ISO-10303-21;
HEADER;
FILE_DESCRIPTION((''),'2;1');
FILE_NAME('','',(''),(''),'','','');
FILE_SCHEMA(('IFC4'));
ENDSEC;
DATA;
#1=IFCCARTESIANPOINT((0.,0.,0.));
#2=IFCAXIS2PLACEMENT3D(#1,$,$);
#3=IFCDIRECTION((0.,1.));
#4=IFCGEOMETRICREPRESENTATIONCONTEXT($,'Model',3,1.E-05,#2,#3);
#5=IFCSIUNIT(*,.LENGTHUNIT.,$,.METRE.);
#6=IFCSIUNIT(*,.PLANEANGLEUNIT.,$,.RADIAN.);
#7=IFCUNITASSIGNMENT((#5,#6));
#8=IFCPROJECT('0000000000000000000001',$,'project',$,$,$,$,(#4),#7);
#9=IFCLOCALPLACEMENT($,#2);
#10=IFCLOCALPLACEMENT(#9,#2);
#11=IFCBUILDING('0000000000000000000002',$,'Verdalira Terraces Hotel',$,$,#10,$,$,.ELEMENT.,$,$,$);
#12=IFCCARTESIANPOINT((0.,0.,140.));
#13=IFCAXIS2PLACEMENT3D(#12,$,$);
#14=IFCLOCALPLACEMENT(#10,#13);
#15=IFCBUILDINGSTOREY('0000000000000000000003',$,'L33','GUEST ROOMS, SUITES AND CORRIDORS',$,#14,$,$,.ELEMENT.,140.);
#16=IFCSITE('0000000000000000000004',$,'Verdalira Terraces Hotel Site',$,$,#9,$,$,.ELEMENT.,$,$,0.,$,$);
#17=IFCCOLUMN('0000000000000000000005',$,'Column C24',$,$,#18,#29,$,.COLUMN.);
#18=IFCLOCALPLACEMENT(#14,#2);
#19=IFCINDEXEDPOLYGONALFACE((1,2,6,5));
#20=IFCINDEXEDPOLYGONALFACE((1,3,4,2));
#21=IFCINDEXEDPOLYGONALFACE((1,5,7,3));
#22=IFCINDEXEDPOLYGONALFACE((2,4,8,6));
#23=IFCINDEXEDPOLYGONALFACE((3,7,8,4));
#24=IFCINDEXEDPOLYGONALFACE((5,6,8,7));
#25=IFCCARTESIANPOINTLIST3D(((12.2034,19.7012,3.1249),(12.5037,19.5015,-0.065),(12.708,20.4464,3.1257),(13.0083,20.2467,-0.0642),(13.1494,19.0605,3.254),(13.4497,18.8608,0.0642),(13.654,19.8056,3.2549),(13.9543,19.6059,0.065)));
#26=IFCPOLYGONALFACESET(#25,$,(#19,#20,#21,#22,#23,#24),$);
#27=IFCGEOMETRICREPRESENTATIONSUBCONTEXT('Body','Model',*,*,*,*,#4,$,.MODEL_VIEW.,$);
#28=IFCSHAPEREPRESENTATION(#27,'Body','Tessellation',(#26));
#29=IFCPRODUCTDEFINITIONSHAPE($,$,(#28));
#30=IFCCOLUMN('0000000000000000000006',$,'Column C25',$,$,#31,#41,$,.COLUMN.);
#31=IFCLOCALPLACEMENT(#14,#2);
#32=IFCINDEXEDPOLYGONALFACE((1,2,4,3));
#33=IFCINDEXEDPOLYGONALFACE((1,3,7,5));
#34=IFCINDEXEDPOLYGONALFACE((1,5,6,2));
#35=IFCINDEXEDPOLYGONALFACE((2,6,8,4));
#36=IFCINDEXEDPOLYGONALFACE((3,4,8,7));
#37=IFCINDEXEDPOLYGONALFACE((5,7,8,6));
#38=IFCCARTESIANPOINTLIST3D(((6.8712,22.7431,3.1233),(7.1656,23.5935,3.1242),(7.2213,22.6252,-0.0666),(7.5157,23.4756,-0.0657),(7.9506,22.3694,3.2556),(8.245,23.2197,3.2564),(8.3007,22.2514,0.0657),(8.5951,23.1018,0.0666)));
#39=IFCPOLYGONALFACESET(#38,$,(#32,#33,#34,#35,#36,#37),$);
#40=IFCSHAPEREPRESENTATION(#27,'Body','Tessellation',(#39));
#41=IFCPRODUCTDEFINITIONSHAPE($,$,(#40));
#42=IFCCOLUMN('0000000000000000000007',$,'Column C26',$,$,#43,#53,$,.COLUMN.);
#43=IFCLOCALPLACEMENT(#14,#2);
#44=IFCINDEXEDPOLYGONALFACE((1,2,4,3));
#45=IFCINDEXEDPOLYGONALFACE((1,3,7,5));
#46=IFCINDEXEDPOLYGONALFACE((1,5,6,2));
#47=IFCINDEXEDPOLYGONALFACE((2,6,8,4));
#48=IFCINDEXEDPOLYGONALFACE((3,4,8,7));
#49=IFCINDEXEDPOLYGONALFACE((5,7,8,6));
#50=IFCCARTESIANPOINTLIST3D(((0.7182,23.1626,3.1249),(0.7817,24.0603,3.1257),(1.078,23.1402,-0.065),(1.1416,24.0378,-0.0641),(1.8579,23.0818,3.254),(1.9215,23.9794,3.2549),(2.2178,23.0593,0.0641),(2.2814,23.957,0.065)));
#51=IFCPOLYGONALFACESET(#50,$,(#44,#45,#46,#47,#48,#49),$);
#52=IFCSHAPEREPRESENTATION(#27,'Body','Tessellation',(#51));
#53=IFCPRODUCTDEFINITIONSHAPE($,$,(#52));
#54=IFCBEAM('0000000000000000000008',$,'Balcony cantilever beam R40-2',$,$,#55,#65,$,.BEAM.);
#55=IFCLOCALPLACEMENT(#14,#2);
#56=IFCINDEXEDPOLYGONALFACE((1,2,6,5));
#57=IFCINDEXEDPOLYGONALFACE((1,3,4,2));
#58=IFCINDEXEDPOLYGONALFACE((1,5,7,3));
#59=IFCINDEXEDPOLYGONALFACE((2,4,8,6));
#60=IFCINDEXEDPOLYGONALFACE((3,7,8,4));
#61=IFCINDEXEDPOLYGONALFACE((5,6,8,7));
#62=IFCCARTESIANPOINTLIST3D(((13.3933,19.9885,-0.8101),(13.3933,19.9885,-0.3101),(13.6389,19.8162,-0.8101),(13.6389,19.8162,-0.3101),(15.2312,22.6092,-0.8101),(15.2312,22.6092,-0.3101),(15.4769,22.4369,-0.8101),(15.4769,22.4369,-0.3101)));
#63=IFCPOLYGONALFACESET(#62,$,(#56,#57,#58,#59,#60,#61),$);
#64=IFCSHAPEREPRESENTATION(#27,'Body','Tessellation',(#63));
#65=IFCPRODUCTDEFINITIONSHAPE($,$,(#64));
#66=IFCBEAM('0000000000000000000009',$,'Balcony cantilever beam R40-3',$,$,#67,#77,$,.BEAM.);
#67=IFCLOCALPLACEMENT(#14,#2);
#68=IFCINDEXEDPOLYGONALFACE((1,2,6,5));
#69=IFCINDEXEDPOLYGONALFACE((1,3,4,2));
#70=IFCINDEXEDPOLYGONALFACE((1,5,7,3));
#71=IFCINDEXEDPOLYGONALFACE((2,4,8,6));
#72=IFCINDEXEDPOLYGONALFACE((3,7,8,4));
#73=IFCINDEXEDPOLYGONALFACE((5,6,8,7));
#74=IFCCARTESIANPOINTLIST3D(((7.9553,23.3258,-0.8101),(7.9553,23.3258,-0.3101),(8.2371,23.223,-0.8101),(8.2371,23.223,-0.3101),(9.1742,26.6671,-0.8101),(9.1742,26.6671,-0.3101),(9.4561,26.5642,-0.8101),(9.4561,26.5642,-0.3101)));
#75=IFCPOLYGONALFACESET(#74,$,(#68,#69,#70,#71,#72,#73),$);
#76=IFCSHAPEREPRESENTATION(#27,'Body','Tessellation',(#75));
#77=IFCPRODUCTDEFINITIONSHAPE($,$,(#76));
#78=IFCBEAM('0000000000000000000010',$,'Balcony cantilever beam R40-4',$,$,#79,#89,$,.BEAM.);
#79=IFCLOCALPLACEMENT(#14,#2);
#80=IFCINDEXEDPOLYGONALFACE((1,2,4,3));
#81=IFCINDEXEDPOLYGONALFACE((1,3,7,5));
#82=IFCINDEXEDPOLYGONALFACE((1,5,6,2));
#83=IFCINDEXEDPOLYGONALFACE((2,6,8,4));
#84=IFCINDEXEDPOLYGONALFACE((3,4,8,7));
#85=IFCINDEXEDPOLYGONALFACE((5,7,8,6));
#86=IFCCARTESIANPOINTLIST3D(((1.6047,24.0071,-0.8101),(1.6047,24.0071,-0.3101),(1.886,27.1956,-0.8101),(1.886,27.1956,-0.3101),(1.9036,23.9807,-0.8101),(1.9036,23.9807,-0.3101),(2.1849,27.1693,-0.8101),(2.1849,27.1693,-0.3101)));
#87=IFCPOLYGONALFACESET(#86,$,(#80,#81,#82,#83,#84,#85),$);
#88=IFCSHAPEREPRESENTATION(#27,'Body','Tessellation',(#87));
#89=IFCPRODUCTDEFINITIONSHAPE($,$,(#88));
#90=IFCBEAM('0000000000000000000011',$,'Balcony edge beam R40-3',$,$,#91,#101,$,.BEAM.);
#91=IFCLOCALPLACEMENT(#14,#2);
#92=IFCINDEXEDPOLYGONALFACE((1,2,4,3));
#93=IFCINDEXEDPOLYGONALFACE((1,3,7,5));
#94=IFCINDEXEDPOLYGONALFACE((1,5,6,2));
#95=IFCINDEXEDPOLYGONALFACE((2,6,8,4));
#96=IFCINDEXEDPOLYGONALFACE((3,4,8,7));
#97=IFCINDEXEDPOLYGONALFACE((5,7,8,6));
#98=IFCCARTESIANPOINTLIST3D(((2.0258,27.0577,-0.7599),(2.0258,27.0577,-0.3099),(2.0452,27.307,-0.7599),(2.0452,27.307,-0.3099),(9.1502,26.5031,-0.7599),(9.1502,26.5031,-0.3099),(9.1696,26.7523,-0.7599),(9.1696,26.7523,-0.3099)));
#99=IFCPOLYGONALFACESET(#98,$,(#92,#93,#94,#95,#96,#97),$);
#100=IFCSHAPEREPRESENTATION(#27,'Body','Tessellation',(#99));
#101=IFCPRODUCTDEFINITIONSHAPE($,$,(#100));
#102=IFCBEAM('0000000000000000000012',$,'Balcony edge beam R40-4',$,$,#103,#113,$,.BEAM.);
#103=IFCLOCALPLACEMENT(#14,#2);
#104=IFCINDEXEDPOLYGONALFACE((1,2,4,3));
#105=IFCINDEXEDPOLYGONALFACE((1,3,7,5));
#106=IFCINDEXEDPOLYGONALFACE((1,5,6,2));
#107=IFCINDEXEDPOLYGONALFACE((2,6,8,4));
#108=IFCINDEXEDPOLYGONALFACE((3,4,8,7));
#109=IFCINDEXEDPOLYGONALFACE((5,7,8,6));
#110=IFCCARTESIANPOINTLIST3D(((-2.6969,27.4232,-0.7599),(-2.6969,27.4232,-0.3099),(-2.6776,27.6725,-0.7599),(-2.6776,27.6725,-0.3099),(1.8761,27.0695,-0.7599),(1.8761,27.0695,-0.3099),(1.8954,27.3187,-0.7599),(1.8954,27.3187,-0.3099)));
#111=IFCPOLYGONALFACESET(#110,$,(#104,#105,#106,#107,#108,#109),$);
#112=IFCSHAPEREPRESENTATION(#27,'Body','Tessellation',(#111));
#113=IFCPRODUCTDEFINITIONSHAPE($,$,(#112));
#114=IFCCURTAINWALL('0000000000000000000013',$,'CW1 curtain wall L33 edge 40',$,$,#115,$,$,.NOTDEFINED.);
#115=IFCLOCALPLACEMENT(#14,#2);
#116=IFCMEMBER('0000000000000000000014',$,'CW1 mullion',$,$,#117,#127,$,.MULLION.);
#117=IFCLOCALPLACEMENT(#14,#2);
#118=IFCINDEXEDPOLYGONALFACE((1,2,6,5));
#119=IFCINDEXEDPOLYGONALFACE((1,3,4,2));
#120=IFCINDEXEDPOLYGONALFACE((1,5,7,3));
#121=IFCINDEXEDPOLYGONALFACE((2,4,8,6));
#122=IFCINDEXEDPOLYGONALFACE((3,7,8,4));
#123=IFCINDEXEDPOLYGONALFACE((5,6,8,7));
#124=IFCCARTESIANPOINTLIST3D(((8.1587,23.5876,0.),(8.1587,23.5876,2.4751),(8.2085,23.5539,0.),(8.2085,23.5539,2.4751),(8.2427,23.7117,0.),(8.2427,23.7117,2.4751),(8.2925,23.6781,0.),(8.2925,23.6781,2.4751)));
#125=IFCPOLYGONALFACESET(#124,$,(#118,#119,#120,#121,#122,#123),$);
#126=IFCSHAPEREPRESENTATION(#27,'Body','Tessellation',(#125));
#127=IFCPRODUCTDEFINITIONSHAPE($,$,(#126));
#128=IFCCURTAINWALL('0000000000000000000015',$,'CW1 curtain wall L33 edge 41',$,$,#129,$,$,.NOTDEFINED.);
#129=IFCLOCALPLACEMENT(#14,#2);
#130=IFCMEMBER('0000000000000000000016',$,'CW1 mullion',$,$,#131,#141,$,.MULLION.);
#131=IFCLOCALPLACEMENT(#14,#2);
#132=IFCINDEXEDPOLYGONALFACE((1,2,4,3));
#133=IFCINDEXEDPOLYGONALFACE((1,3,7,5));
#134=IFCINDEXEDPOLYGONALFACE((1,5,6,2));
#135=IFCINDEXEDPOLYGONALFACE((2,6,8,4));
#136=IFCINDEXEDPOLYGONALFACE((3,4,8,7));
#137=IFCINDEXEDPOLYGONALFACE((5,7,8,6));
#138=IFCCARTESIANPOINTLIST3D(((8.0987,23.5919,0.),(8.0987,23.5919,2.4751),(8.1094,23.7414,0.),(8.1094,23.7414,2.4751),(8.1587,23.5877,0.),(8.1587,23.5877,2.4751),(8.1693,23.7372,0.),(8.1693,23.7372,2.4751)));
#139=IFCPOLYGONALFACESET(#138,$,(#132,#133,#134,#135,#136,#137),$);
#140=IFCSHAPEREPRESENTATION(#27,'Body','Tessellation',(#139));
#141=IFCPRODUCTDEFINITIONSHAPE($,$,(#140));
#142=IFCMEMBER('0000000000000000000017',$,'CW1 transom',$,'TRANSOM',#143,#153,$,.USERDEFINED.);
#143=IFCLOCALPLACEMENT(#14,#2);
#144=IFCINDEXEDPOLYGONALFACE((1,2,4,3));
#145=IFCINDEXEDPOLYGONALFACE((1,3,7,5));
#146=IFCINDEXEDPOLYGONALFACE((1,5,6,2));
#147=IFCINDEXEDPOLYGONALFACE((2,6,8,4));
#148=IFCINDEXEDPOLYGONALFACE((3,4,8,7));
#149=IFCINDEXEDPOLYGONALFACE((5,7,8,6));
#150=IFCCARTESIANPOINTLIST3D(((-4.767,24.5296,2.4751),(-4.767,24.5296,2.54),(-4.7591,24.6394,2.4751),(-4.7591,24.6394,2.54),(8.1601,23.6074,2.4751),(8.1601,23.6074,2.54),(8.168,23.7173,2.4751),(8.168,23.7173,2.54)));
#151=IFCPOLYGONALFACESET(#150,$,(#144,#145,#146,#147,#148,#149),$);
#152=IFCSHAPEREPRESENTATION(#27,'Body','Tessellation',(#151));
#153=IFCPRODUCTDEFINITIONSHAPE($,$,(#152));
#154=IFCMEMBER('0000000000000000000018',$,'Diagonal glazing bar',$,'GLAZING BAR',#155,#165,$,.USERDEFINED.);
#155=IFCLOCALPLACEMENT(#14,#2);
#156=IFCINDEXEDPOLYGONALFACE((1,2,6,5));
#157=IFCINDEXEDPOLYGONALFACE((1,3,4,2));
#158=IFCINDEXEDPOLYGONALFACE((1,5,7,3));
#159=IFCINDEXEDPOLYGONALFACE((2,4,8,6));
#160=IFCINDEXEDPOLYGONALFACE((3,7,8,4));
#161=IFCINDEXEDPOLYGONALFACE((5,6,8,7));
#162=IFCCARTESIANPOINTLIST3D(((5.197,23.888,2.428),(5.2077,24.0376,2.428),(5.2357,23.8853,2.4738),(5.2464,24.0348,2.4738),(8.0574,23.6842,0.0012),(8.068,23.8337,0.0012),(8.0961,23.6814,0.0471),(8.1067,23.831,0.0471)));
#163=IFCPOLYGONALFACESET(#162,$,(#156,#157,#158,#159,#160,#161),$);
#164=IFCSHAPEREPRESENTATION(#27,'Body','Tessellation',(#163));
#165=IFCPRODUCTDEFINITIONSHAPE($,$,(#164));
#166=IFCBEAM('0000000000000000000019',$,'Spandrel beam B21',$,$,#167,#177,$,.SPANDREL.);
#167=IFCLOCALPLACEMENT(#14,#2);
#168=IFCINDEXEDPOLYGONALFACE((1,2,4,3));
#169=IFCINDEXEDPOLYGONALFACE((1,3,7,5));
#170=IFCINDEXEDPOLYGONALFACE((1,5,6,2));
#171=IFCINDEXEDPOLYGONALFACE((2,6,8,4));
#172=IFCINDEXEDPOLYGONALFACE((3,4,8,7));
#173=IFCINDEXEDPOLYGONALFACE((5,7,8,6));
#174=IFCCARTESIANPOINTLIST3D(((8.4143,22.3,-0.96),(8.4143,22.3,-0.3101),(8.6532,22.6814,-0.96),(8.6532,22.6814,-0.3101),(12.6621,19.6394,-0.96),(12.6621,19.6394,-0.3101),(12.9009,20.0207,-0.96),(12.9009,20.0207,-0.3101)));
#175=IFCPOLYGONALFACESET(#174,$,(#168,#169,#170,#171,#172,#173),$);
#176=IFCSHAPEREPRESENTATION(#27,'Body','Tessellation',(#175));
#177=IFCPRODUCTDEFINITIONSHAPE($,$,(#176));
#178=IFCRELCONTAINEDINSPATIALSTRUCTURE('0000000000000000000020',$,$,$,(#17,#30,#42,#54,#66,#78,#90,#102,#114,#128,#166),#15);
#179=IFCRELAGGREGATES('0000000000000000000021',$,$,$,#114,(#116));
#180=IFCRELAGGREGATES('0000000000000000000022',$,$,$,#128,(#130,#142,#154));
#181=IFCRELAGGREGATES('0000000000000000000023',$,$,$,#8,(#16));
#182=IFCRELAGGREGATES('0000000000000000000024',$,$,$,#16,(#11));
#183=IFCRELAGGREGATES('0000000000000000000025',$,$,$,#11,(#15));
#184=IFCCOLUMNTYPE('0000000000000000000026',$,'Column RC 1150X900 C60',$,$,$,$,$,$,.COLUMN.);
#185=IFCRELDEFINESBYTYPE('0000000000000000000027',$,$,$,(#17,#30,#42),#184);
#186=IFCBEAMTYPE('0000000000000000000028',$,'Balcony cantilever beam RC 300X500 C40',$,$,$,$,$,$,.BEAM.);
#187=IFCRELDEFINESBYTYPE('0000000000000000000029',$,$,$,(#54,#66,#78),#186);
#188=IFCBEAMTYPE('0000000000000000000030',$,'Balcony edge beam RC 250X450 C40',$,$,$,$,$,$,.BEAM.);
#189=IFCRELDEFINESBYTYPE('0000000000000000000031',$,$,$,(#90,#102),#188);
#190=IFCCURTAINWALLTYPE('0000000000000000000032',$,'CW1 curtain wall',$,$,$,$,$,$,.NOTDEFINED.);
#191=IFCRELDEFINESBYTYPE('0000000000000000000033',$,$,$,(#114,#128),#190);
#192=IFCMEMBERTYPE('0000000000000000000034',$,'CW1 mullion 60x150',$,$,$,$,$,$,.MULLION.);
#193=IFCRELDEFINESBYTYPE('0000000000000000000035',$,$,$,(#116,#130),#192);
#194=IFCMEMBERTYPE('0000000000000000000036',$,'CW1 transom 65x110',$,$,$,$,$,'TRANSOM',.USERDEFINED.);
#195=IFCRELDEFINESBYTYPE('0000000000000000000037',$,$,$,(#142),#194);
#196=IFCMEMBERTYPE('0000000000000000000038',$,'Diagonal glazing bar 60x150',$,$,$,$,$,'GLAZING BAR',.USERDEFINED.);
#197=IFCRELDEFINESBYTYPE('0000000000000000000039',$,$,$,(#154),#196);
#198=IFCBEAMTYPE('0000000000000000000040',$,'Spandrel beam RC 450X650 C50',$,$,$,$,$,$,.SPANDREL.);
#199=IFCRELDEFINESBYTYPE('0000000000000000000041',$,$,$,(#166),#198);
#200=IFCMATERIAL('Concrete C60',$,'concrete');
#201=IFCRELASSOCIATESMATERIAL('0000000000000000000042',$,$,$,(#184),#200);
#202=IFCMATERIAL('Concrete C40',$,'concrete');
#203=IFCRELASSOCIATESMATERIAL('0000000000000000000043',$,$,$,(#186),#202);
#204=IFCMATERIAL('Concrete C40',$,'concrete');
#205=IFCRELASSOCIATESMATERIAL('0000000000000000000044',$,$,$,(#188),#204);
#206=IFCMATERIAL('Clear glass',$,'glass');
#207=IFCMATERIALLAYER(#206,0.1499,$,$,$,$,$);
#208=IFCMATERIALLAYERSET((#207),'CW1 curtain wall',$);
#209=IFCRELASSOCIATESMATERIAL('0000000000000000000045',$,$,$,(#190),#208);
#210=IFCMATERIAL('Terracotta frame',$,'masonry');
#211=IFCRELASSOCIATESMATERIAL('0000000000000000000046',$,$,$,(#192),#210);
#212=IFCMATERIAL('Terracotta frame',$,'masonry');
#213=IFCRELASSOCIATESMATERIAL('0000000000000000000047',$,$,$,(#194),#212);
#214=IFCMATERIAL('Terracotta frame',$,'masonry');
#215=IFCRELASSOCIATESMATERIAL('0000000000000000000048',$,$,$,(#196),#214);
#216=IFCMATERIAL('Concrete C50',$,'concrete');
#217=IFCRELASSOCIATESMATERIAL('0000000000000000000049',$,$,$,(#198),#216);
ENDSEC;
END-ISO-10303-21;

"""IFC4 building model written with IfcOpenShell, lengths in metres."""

from ifc_helpers import new_model, si_unit, direction, frame, origin, origin_2d, place, context, subcontext, project, spatial, rectangle, extrude, material, layer, layer_set, material_profile, profile_set, type_object, element, aggregate, save


model = new_model("IFC4")

# Units and contexts
model_context = context("Model", 3, precision=1e-05, world=origin(), true_north=direction((0.0, 1.0)))
body_context = subcontext(model_context, "Body", "Model", "MODEL_VIEW")
ifc_project = project(units=[si_unit("LENGTHUNIT", "METRE"), si_unit("PLANEANGLEUNIT", "RADIAN")], contexts=[model_context])

# Site, building, storey
site_placement = place(None, origin())
site = spatial("IfcSite", under=ifc_project, at=site_placement, Name="Verdalira Terraces Hotel Site", CompositionType="ELEMENT", RefElevation=0.0)
building_placement = place(site_placement, origin())
building = spatial("IfcBuilding", under=site, at=building_placement, Name="Verdalira Terraces Hotel", CompositionType="ELEMENT")
storey_placement = place(building_placement, frame((0.0, 0.0, 140.0)))
storey = spatial("IfcBuildingStorey", under=building, at=storey_placement, Name="L33", Description="GUEST ROOMS, SUITES AND CORRIDORS", CompositionType="ELEMENT", Elevation=140.0)

# Columns
ifc_material_1 = material(Name="Concrete C60", Category="concrete")
ifc_material_profile_1 = material_profile(ifc_material_1, rectangle(XDim=1.1499, YDim=0.8999, at=origin_2d()), Name="RC 1150X900")
ifc_profile_set_1 = profile_set([ifc_material_profile_1], Name="Concrete C60")
column_type = type_object("IfcColumnType", Name="Column RC 1150X900 C60", PredefinedType="COLUMN", material=ifc_profile_set_1)
column_1_placement = place(storey_placement, frame((13.229, 19.5537, 0.0), z_axis=(-0.093542, 0.062209, 0.99367), x_axis=(-0.822705, 0.557258, -0.112335)))
element("IfcColumn", 1, at=column_1_placement, inside=storey, type_object=column_type, Name="Column C24", PredefinedType="COLUMN", context=body_context, shape_type="SweptSolid", body=[
    extrude(rectangle(XDim=1.1499, YDim=0.8999, at=origin_2d()), origin(), (0.0, 0.0, 1.0), 3.2102),
])
column_2_placement = place(storey_placement, frame((7.9082, 22.8635, 0.0), z_axis=(-0.109022, 0.036721, 0.993361), x_axis=(0.93867, -0.325062, 0.115036)))
element("IfcColumn", 2, at=column_2_placement, inside=storey, type_object=column_type, Name="Column C25", PredefinedType="COLUMN", context=body_context, shape_type="SweptSolid", body=[
    extrude(rectangle(XDim=1.1499, YDim=0.8999, at=origin_2d()), origin(), (0.0, 0.0, 1.0), 3.2112),
])
column_3_placement = place(storey_placement, frame((1.6797, 23.5486, 0.0), z_axis=(-0.112098, 0.006997, 0.993673), x_axis=(-0.991182, 0.070313, -0.112312)))
element("IfcColumn", 3, at=column_3_placement, inside=storey, type_object=column_type, Name="Column C26", PredefinedType="COLUMN", context=body_context, shape_type="SweptSolid", body=[
    extrude(rectangle(XDim=1.1499, YDim=0.8999, at=origin_2d()), origin(), (0.0, 0.0, 1.0), 3.2102),
])

# Beams
ifc_material_2 = material(Name="Concrete C40", Category="concrete")
ifc_material_profile_2 = material_profile(ifc_material_2, rectangle(XDim=0.3, YDim=0.5, at=origin_2d()), Name="RC 300X500")
ifc_profile_set_2 = profile_set([ifc_material_profile_2], Name="Concrete C40")
beam_type_1 = type_object("IfcBeamType", Name="Balcony cantilever beam RC 300X500 C40", PredefinedType="BEAM", material=ifc_profile_set_2)
beam_1_placement = place(storey_placement, frame((13.5161, 19.9023, -0.5601), z_axis=(0.574189, 0.818723, 0.0), x_axis=(-0.818723, 0.574189, 0.0)))
element("IfcBeam", 4, at=beam_1_placement, inside=storey, type_object=beam_type_1, Name="Balcony cantilever beam R40-2", PredefinedType="BEAM", context=body_context, shape_type="SweptSolid", body=[
    extrude(rectangle(XDim=0.3, YDim=0.5, at=origin_2d()), origin(), (0.0, 0.0, 1.0), 3.2009),
])
beam_2_placement = place(storey_placement, frame((8.0962, 23.2744, -0.5601), z_axis=(0.342729, 0.939434, 0.0), x_axis=(-0.939434, 0.342729, 0.0)))
element("IfcBeam", 5, at=beam_2_placement, inside=storey, type_object=beam_type_1, Name="Balcony cantilever beam R40-3", PredefinedType="BEAM", context=body_context, shape_type="SweptSolid", body=[
    extrude(rectangle(XDim=0.3, YDim=0.5, at=origin_2d()), origin(), (0.0, 0.0, 1.0), 3.5566),
])
beam_3_placement = place(storey_placement, frame((1.7542, 23.9939, -0.5601), z_axis=(0.087867, 0.996132, 0.0), x_axis=(-0.996132, 0.087867, 0.0)))
element("IfcBeam", 6, at=beam_3_placement, inside=storey, type_object=beam_type_1, Name="Balcony cantilever beam R40-4", PredefinedType="BEAM", context=body_context, shape_type="SweptSolid", body=[
    extrude(rectangle(XDim=0.3, YDim=0.5, at=origin_2d()), origin(), (0.0, 0.0, 1.0), 3.2009),
])
ifc_material_3 = material(Name="Concrete C40", Category="concrete")
ifc_material_profile_3 = material_profile(ifc_material_3, rectangle(XDim=0.25, YDim=0.45, at=origin_2d()), Name="RC 250X450")
ifc_profile_set_3 = profile_set([ifc_material_profile_3], Name="Concrete C40")
beam_type_2 = type_object("IfcBeamType", Name="Balcony edge beam RC 250X450 C40", PredefinedType="BEAM", material=ifc_profile_set_3)
beam_4_placement = place(storey_placement, frame((9.1599, 26.6277, -0.5349), z_axis=(-0.996983, 0.077621, 0.0), x_axis=(-0.077621, -0.996983, 0.0)))
element("IfcBeam", 7, at=beam_4_placement, inside=storey, type_object=beam_type_2, Name="Balcony edge beam R40-3", PredefinedType="BEAM", context=body_context, shape_type="SweptSolid", body=[
    extrude(rectangle(XDim=0.25, YDim=0.45, at=origin_2d()), origin(), (0.0, 0.0, 1.0), 7.146),
])
beam_5_placement = place(storey_placement, frame((1.8857, 27.1941, -0.5349), z_axis=(-0.997021, 0.077128, 0.0), x_axis=(-0.077128, -0.997021, 0.0)))
element("IfcBeam", 8, at=beam_5_placement, inside=storey, type_object=beam_type_2, Name="Balcony edge beam R40-4", PredefinedType="BEAM", context=body_context, shape_type="SweptSolid", body=[
    extrude(rectangle(XDim=0.25, YDim=0.45, at=origin_2d()), origin(), (0.0, 0.0, 1.0), 4.5867),
])

# Curtain wall, member
ifc_material_4 = material(Name="Clear glass", Category="glass")
ifc_layer_1 = layer(ifc_material_4, 0.1499)
ifc_layer_set_1 = layer_set([ifc_layer_1], Name="CW1 curtain wall")
curtain_wall_type = type_object("IfcCurtainWallType", Name="CW1 curtain wall", PredefinedType="NOTDEFINED", material=ifc_layer_set_1)
curtain_wall_1_placement = place(storey_placement, origin())
curtain_wall_1 = element("IfcCurtainWall", 9, at=curtain_wall_1_placement, inside=storey, type_object=curtain_wall_type, Name="CW1 curtain wall L33 edge 40", PredefinedType="NOTDEFINED")
ifc_material_5 = material(Name="Terracotta frame", Category="masonry")
ifc_material_profile_4 = material_profile(ifc_material_5, rectangle(XDim=0.0601, YDim=0.1499, at=origin_2d()), Name="MU 60x150")
ifc_profile_set_4 = profile_set([ifc_material_profile_4], Name="Terracotta frame")
member_type_1 = type_object("IfcMemberType", Name="CW1 mullion 60x150", PredefinedType="MULLION", material=ifc_profile_set_4)
member_1_placement = place(storey_placement, frame((8.2256, 23.6328, 0.0), z_axis=(0.0, 0.0, 1.0), x_axis=(-0.828256, 0.56035, 0.0)))
member_1 = element("IfcMember", 10, at=member_1_placement, type_object=member_type_1, Name="CW1 mullion", PredefinedType="MULLION", context=body_context, shape_type="SweptSolid", body=[
    extrude(rectangle(XDim=0.0601, YDim=0.1499, at=origin_2d()), origin(), (0.0, 0.0, 1.0), 2.4751),
])

# Curtain wall, members
curtain_wall_2_placement = place(storey_placement, origin())
curtain_wall_2 = element("IfcCurtainWall", 11, at=curtain_wall_2_placement, inside=storey, type_object=curtain_wall_type, Name="CW1 curtain wall L33 edge 41", PredefinedType="NOTDEFINED")
member_2_placement = place(storey_placement, frame((8.134, 23.6646, 0.0), z_axis=(0.0, 0.0, 1.0), x_axis=(-0.997466, 0.071149, 0.0)))
member_2 = element("IfcMember", 12, at=member_2_placement, type_object=member_type_1, Name="CW1 mullion", PredefinedType="MULLION", context=body_context, shape_type="SweptSolid", body=[
    extrude(rectangle(XDim=0.0601, YDim=0.1499, at=origin_2d()), origin(), (0.0, 0.0, 1.0), 2.4751),
])
ifc_material_6 = material(Name="Terracotta frame", Category="masonry")
ifc_material_profile_5 = material_profile(ifc_material_6, rectangle(XDim=0.1101, YDim=0.0649, at=origin_2d()), Name="TR 65x110")
ifc_profile_set_5 = profile_set([ifc_material_profile_5], Name="Terracotta frame")
member_type_2 = type_object("IfcMemberType", Name="CW1 transom 65x110", ElementType="TRANSOM", PredefinedType="USERDEFINED", material=ifc_profile_set_5)
member_3_placement = place(storey_placement, frame((8.1641, 23.6624, 2.5076), z_axis=(-0.997465, 0.071152, 0.0), x_axis=(-0.071152, -0.997465, 0.0)))
member_3 = element("IfcMember", 13, at=member_3_placement, type_object=member_type_2, Name="CW1 transom", ObjectType="TRANSOM", PredefinedType="USERDEFINED", context=body_context, shape_type="SweptSolid", body=[
    extrude(rectangle(XDim=0.1101, YDim=0.0649, at=origin_2d()), origin(), (0.0, 0.0, 1.0), 12.96),
])
ifc_material_7 = material(Name="Terracotta frame", Category="masonry")
ifc_material_profile_6 = material_profile(ifc_material_7, rectangle(XDim=0.1499, YDim=0.0601, at=origin_2d()), Name="GB 60x150")
ifc_profile_set_6 = profile_set([ifc_material_profile_6], Name="Terracotta frame")
member_type_3 = type_object("IfcMemberType", Name="Diagonal glazing bar 60x150", ElementType="GLAZING BAR", PredefinedType="USERDEFINED", material=ifc_profile_set_6)
member_4_placement = place(storey_placement, frame((8.082, 23.7576, 0.0242), z_axis=(-0.761413, 0.054266, 0.645992), x_axis=(-0.07109, -0.99747, 0.0)))
member_4 = element("IfcMember", 14, at=member_4_placement, type_object=member_type_3, Name="Diagonal glazing bar", ObjectType="GLAZING BAR", PredefinedType="USERDEFINED", context=body_context, shape_type="SweptSolid", body=[
    extrude(rectangle(XDim=0.1499, YDim=0.0601, at=origin_2d()), origin(), (0.0, 0.0, 1.0), 3.7566),
])

# Beam
ifc_material_8 = material(Name="Concrete C50", Category="concrete")
ifc_material_profile_7 = material_profile(ifc_material_8, rectangle(XDim=0.45, YDim=0.6499, at=origin_2d()), Name="RC 450X650")
ifc_profile_set_7 = profile_set([ifc_material_profile_7], Name="Concrete C50")
beam_type_3 = type_object("IfcBeamType", Name="Spandrel beam RC 450X650 C50", PredefinedType="SPANDREL", material=ifc_profile_set_7)
beam_6_placement = place(storey_placement, frame((12.7815, 19.8301, -0.635), z_axis=(-0.847481, 0.530826, 0.0), x_axis=(-0.530826, -0.847481, 0.0)))
element("IfcBeam", 15, at=beam_6_placement, inside=storey, type_object=beam_type_3, Name="Spandrel beam B21", PredefinedType="SPANDREL", context=body_context, shape_type="SweptSolid", body=[
    extrude(rectangle(XDim=0.45, YDim=0.6499, at=origin_2d()), origin(), (0.0, 0.0, 1.0), 5.0122),
])

aggregate(curtain_wall_1, [member_1])
aggregate(curtain_wall_2, [member_2, member_3, member_4])

save(model, "model.ifc")
